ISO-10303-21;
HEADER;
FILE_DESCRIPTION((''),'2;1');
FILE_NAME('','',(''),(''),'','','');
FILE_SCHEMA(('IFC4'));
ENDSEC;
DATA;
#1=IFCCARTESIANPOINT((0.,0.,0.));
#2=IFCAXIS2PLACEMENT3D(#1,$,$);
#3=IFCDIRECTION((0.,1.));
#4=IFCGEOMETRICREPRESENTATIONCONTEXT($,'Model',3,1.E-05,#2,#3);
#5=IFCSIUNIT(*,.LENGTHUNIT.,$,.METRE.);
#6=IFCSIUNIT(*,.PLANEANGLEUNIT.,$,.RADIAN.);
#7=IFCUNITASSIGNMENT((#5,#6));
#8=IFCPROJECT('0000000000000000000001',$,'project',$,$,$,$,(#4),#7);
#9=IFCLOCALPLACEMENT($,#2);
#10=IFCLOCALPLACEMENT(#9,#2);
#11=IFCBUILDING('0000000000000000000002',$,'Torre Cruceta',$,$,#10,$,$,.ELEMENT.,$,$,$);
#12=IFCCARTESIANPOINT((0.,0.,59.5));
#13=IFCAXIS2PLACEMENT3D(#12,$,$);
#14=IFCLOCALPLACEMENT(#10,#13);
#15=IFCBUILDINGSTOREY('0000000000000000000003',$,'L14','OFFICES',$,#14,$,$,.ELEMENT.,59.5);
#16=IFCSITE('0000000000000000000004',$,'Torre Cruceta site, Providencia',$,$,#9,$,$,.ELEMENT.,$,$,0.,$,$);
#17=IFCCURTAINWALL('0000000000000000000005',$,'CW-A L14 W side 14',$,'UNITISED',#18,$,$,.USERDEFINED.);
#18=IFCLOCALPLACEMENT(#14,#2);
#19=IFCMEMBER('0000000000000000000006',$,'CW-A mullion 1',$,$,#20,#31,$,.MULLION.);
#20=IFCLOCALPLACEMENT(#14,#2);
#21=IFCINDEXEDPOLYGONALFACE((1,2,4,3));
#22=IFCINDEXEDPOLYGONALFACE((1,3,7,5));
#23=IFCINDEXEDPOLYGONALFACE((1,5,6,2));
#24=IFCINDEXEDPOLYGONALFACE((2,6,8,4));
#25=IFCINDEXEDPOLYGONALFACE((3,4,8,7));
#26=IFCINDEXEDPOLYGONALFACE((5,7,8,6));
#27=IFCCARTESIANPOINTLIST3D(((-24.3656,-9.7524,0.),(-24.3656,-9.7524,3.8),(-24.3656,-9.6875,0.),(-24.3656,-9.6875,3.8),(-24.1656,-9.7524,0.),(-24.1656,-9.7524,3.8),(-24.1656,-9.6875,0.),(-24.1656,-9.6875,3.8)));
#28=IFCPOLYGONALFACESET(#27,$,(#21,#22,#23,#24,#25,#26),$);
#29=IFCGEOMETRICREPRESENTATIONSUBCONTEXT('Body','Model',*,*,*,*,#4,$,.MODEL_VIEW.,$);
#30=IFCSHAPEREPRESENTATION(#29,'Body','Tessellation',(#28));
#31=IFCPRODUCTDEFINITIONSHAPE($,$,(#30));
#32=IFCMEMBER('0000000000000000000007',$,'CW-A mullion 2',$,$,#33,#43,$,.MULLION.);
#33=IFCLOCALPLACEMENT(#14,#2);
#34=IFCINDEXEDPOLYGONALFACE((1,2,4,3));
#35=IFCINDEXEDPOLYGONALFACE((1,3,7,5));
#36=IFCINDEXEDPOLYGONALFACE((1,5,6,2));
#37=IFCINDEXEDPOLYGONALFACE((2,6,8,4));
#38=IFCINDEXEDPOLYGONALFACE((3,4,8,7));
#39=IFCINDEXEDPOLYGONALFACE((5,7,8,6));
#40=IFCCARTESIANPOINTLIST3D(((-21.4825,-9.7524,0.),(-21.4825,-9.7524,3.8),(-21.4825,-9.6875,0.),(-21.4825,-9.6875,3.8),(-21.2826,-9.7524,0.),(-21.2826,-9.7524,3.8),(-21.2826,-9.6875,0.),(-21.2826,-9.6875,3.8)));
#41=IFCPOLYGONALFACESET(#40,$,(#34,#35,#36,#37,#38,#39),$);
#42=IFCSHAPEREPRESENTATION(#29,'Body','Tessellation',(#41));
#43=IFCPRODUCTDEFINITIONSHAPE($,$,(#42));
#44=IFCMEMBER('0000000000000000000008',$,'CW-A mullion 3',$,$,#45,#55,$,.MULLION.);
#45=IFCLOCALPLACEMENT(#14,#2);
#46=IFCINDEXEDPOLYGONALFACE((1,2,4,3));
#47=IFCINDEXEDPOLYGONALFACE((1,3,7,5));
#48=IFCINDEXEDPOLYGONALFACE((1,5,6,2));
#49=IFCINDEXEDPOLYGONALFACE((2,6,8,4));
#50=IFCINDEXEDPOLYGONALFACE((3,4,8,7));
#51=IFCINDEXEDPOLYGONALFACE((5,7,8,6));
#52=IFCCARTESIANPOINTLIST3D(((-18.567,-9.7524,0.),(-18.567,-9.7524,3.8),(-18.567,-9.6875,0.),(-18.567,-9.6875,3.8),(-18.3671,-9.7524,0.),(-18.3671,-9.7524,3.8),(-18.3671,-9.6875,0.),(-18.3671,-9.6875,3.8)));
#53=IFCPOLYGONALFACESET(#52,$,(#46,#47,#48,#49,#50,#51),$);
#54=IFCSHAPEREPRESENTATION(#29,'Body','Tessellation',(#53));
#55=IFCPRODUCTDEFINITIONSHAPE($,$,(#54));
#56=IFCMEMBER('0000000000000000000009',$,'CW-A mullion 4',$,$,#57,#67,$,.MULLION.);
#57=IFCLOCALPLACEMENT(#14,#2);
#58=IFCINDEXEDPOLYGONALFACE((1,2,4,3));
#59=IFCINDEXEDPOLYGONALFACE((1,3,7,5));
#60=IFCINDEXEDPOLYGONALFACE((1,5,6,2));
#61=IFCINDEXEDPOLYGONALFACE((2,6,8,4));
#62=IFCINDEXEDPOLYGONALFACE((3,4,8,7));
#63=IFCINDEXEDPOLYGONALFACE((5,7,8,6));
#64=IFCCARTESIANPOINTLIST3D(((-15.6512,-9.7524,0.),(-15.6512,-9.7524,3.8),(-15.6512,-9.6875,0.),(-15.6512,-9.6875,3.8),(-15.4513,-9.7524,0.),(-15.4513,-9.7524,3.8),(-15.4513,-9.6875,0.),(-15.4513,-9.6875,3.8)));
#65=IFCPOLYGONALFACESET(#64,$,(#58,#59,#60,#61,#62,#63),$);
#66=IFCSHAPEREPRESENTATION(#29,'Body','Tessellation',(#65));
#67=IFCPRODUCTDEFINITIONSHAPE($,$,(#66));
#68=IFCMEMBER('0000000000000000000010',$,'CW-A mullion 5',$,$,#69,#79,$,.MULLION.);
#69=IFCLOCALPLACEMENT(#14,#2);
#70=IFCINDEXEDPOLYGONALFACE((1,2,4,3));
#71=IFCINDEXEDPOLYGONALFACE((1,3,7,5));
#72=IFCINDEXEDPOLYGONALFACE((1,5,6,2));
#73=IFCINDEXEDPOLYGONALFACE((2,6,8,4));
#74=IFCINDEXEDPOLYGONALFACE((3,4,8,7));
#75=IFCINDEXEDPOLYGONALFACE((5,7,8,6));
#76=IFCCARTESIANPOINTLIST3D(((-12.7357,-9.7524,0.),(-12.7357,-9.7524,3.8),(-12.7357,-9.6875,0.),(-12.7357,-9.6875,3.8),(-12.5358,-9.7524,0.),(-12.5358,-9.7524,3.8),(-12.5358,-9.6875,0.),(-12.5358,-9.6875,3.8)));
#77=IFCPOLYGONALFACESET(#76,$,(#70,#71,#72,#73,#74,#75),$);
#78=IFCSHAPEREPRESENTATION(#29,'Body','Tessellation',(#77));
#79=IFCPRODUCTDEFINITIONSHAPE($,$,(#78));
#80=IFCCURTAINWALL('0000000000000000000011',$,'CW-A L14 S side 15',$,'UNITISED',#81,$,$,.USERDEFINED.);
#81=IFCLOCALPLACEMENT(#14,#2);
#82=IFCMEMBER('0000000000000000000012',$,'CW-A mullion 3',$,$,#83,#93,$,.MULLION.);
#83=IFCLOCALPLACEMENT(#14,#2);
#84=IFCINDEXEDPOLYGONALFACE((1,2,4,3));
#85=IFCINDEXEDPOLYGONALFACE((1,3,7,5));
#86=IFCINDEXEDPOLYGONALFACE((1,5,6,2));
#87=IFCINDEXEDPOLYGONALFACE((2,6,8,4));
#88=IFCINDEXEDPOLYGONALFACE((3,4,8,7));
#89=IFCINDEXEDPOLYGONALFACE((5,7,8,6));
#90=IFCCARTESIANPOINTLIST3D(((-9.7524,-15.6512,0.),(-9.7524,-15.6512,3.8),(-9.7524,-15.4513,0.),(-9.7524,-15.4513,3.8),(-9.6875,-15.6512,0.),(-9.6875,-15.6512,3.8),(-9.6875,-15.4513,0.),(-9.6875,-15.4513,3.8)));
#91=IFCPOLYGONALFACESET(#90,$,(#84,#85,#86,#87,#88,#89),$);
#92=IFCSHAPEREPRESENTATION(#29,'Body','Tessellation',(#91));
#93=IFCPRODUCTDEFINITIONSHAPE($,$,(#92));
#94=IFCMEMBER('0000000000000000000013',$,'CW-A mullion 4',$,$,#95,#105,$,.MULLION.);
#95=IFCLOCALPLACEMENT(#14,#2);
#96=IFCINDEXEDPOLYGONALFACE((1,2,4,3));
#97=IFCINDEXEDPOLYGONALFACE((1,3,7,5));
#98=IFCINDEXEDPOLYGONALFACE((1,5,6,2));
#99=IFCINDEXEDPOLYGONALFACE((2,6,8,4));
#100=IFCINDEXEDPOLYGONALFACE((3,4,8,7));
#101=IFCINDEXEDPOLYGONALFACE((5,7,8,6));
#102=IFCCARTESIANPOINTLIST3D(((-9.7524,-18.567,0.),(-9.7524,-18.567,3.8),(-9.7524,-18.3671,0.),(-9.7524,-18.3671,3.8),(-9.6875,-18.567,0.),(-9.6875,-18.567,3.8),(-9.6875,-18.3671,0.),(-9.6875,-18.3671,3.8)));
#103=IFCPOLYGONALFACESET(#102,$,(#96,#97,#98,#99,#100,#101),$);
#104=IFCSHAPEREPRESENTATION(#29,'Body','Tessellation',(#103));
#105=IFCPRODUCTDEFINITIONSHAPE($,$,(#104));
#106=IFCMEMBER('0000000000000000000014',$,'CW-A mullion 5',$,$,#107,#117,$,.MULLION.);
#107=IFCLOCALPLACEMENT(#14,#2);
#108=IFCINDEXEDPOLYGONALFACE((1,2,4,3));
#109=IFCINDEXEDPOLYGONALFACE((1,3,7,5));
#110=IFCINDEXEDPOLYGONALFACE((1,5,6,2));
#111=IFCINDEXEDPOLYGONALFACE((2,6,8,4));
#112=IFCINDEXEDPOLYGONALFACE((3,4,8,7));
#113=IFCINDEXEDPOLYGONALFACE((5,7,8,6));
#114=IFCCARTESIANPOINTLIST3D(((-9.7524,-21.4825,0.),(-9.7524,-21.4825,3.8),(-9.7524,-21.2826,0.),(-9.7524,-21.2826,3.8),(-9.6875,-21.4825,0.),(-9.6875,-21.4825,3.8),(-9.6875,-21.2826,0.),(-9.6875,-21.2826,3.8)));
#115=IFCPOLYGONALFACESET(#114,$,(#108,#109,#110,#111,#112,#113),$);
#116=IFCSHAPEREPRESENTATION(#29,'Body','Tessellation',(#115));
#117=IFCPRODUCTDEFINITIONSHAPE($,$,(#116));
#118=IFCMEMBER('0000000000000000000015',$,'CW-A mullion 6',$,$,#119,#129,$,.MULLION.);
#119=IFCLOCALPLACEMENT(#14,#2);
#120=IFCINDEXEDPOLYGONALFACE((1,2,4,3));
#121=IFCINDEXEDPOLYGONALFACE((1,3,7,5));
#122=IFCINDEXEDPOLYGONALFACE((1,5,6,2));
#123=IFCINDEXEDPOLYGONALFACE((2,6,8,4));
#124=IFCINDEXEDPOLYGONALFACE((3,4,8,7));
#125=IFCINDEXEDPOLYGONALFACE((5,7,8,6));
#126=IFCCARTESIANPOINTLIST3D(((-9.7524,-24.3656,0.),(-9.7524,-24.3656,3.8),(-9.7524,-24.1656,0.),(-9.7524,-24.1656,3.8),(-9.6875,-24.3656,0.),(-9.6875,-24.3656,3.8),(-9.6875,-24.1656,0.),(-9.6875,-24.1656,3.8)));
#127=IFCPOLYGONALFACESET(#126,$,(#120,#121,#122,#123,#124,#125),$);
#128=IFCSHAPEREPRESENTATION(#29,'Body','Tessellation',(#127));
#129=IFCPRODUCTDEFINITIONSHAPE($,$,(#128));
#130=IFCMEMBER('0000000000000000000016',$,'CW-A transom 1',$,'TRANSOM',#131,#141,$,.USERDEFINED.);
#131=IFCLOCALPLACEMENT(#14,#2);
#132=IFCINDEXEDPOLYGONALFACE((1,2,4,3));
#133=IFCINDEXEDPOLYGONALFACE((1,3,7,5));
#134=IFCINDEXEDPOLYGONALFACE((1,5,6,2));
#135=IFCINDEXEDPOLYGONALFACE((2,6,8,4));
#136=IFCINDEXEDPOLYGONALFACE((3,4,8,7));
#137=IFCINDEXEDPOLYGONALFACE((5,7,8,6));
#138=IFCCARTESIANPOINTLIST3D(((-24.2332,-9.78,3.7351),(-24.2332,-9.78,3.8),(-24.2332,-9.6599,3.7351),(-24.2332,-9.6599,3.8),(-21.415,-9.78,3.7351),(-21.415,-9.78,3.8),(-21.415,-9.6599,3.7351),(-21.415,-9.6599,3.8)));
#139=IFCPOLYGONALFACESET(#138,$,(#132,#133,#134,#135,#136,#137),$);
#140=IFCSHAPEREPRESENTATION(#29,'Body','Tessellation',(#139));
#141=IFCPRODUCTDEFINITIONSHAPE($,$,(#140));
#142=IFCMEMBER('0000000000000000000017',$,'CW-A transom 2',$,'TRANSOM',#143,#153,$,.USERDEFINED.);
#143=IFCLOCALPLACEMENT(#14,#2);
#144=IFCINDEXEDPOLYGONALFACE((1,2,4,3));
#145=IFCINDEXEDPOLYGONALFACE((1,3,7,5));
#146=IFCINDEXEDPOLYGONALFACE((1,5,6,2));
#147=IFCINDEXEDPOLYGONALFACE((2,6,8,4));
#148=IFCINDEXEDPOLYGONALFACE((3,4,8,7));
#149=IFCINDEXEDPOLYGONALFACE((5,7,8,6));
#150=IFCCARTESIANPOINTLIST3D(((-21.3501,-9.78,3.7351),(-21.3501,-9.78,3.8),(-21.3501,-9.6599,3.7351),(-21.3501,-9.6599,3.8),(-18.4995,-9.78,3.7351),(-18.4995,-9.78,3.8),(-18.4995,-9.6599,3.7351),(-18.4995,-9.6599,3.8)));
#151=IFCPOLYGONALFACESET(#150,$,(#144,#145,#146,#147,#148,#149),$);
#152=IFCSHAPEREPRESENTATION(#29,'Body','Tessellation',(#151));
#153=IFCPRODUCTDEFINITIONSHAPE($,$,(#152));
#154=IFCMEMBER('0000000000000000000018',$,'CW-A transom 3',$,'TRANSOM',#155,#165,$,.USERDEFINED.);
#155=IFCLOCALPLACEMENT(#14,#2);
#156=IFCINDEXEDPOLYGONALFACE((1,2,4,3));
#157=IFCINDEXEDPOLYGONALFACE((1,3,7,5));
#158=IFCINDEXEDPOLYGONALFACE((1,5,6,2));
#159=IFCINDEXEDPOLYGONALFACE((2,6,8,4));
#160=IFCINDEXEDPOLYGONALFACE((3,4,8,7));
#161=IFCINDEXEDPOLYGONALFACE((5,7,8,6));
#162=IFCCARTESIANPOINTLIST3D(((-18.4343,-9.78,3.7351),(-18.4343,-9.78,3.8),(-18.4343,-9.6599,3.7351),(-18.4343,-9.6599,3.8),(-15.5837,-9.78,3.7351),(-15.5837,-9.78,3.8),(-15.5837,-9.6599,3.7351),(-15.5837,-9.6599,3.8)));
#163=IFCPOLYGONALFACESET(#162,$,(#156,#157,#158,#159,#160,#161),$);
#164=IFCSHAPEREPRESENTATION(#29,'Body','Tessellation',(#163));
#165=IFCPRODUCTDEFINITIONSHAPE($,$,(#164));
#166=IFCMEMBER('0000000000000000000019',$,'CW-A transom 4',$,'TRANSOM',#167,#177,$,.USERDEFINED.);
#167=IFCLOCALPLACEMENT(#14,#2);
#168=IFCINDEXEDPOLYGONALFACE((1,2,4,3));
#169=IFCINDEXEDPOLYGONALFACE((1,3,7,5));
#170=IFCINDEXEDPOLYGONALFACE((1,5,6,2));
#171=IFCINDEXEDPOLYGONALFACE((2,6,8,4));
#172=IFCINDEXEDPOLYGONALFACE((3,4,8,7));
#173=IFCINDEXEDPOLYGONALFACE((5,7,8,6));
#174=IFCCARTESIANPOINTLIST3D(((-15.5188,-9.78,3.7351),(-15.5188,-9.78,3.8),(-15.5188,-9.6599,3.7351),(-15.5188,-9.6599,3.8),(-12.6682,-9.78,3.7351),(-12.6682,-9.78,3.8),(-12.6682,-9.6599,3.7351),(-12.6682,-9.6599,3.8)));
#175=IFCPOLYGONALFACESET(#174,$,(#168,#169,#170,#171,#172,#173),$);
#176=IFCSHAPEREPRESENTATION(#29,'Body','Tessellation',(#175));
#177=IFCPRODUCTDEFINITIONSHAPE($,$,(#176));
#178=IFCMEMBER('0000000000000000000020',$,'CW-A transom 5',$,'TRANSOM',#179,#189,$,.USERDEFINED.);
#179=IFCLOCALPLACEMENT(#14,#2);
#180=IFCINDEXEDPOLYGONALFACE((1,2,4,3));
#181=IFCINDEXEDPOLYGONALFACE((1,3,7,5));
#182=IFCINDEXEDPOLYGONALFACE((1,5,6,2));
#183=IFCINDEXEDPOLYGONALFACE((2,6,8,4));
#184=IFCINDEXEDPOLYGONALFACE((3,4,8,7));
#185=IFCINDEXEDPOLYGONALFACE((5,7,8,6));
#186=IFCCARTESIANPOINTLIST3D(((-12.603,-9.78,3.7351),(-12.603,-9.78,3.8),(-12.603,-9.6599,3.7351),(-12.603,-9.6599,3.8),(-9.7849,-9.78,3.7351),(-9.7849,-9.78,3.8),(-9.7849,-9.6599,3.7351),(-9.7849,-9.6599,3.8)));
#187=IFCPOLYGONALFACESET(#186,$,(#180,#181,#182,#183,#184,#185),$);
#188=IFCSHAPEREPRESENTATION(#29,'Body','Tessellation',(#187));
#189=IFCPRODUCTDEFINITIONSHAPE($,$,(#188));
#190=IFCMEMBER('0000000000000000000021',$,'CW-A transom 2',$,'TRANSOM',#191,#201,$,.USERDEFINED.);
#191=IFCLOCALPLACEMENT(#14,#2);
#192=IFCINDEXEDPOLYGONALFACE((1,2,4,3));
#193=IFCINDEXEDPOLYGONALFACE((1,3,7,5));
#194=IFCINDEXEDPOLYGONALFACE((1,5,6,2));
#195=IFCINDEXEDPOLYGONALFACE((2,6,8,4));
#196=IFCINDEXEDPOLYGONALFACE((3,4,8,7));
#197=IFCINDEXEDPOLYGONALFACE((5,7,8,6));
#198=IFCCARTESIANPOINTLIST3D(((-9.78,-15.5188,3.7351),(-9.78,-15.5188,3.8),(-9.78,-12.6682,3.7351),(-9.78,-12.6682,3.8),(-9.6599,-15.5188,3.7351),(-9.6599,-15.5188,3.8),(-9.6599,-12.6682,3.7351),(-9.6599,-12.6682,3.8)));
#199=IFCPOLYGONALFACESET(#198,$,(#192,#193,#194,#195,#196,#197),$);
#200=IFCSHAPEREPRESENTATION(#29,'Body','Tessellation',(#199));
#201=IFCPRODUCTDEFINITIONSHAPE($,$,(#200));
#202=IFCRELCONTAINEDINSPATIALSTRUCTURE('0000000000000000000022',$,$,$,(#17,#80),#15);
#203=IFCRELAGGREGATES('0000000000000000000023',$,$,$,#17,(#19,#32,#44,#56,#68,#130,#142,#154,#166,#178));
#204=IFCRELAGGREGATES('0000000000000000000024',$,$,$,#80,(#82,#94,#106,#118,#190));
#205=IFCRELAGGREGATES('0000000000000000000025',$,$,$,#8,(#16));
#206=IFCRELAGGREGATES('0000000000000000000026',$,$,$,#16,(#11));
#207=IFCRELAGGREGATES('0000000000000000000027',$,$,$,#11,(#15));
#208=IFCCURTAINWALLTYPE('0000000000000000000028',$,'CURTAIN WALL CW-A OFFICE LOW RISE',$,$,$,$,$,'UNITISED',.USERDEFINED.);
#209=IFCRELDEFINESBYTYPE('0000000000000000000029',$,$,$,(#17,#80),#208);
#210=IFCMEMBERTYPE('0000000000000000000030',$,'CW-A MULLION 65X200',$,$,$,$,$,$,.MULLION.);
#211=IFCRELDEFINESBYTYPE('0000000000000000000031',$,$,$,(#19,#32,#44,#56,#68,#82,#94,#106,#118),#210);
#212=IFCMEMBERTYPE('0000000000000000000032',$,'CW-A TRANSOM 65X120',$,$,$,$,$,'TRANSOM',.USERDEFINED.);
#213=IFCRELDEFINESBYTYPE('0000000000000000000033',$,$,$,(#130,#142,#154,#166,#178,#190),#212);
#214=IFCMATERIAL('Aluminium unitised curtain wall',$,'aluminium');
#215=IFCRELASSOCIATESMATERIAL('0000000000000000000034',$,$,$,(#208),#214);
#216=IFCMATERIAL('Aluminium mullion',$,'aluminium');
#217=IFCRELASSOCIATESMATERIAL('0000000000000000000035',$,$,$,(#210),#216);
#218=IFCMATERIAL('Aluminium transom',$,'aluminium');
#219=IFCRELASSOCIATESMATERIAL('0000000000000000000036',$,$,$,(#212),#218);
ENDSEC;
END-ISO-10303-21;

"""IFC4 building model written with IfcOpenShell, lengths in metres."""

from ifc_helpers import new_model, si_unit, direction, frame, origin, origin_2d, place, context, subcontext, project, spatial, rectangle, extrude, material, material_profile, profile_set, type_object, element, aggregate, save


model = new_model("IFC4")

# Units and contexts
model_context = context("Model", 3, precision=1e-05, world=origin(), true_north=direction((0.0, 1.0)))
body_context = subcontext(model_context, "Body", "Model", "MODEL_VIEW")
ifc_project = project(units=[si_unit("LENGTHUNIT", "METRE"), si_unit("PLANEANGLEUNIT", "RADIAN")], contexts=[model_context])

# Site, building, storey
site_placement = place(None, origin())
site = spatial("IfcSite", under=ifc_project, at=site_placement, Name="Torre Cruceta site, Providencia", CompositionType="ELEMENT", RefElevation=0.0)
building_placement = place(site_placement, origin())
building = spatial("IfcBuilding", under=site, at=building_placement, Name="Torre Cruceta", CompositionType="ELEMENT")
storey_placement = place(building_placement, frame((0.0, 0.0, 59.5)))
storey = spatial("IfcBuildingStorey", under=building, at=storey_placement, Name="L14", Description="OFFICES", CompositionType="ELEMENT", Elevation=59.5)

# Curtain walls, members
ifc_material_1 = material(Name="Aluminium unitised curtain wall", Category="aluminium")
curtain_wall_type = type_object("IfcCurtainWallType", Name="CURTAIN WALL CW-A OFFICE LOW RISE", ElementType="UNITISED", PredefinedType="USERDEFINED", material=ifc_material_1)
curtain_wall_1_placement = place(storey_placement, origin())
curtain_wall_1 = element("IfcCurtainWall", 1, at=curtain_wall_1_placement, inside=storey, type_object=curtain_wall_type, Name="CW-A L14 W side 14", ObjectType="UNITISED", PredefinedType="USERDEFINED")
ifc_material_2 = material(Name="Aluminium mullion", Category="aluminium")
ifc_material_profile_1 = material_profile(ifc_material_2, rectangle(XDim=0.0649, YDim=0.2, at=origin_2d()), Name="AL 65X200")
ifc_profile_set_1 = profile_set([ifc_material_profile_1], Name="Aluminium mullion")
member_type_1 = type_object("IfcMemberType", Name="CW-A MULLION 65X200", PredefinedType="MULLION", material=ifc_profile_set_1)
member_1_placement = place(storey_placement, frame((-24.2656, -9.72, 0.0), z_axis=(0.0, 0.0, 1.0), x_axis=(0.0, 1.0, 0.0)))
member_1 = element("IfcMember", 2, at=member_1_placement, type_object=member_type_1, Name="CW-A mullion 1", PredefinedType="MULLION", context=body_context, shape_type="SweptSolid", body=[
    extrude(rectangle(XDim=0.0649, YDim=0.2, at=origin_2d()), origin(), (0.0, 0.0, 1.0), 3.8),
])
member_2_placement = place(storey_placement, frame((-21.3826, -9.72, 0.0), z_axis=(0.0, 0.0, 1.0), x_axis=(0.0, 1.0, 0.0)))
member_2 = element("IfcMember", 3, at=member_2_placement, type_object=member_type_1, Name="CW-A mullion 2", PredefinedType="MULLION", context=body_context, shape_type="SweptSolid", body=[
    extrude(rectangle(XDim=0.0649, YDim=0.2, at=origin_2d()), origin(), (0.0, 0.0, 1.0), 3.8),
])
member_3_placement = place(storey_placement, frame((-18.467, -9.72, 0.0), z_axis=(0.0, 0.0, 1.0), x_axis=(0.0, 1.0, 0.0)))
member_3 = element("IfcMember", 4, at=member_3_placement, type_object=member_type_1, Name="CW-A mullion 3", PredefinedType="MULLION", context=body_context, shape_type="SweptSolid", body=[
    extrude(rectangle(XDim=0.0649, YDim=0.2, at=origin_2d()), origin(), (0.0, 0.0, 1.0), 3.8),
])
member_4_placement = place(storey_placement, frame((-15.5513, -9.72, 0.0), z_axis=(0.0, 0.0, 1.0), x_axis=(0.0, 1.0, 0.0)))
member_4 = element("IfcMember", 5, at=member_4_placement, type_object=member_type_1, Name="CW-A mullion 4", PredefinedType="MULLION", context=body_context, shape_type="SweptSolid", body=[
    extrude(rectangle(XDim=0.0649, YDim=0.2, at=origin_2d()), origin(), (0.0, 0.0, 1.0), 3.8),
])
member_5_placement = place(storey_placement, frame((-12.6357, -9.72, 0.0), z_axis=(0.0, 0.0, 1.0), x_axis=(0.0, 1.0, 0.0)))
member_5 = element("IfcMember", 6, at=member_5_placement, type_object=member_type_1, Name="CW-A mullion 5", PredefinedType="MULLION", context=body_context, shape_type="SweptSolid", body=[
    extrude(rectangle(XDim=0.0649, YDim=0.2, at=origin_2d()), origin(), (0.0, 0.0, 1.0), 3.8),
])
curtain_wall_2_placement = place(storey_placement, origin())
curtain_wall_2 = element("IfcCurtainWall", 7, at=curtain_wall_2_placement, inside=storey, type_object=curtain_wall_type, Name="CW-A L14 S side 15", ObjectType="UNITISED", PredefinedType="USERDEFINED")
member_6_placement = place(storey_placement, frame((-9.72, -15.5513, 0.0), z_axis=(0.0, 0.0, 1.0), x_axis=(1.0, 0.0, 0.0)))
member_6 = element("IfcMember", 8, at=member_6_placement, type_object=member_type_1, Name="CW-A mullion 3", PredefinedType="MULLION", context=body_context, shape_type="SweptSolid", body=[
    extrude(rectangle(XDim=0.0649, YDim=0.2, at=origin_2d()), origin(), (0.0, 0.0, 1.0), 3.8),
])
member_7_placement = place(storey_placement, frame((-9.72, -18.467, 0.0), z_axis=(0.0, 0.0, 1.0), x_axis=(1.0, 0.0, 0.0)))
member_7 = element("IfcMember", 9, at=member_7_placement, type_object=member_type_1, Name="CW-A mullion 4", PredefinedType="MULLION", context=body_context, shape_type="SweptSolid", body=[
    extrude(rectangle(XDim=0.0649, YDim=0.2, at=origin_2d()), origin(), (0.0, 0.0, 1.0), 3.8),
])
member_8_placement = place(storey_placement, frame((-9.72, -21.3826, 0.0), z_axis=(0.0, 0.0, 1.0), x_axis=(1.0, 0.0, 0.0)))
member_8 = element("IfcMember", 10, at=member_8_placement, type_object=member_type_1, Name="CW-A mullion 5", PredefinedType="MULLION", context=body_context, shape_type="SweptSolid", body=[
    extrude(rectangle(XDim=0.0649, YDim=0.2, at=origin_2d()), origin(), (0.0, 0.0, 1.0), 3.8),
])
member_9_placement = place(storey_placement, frame((-9.72, -24.2656, 0.0), z_axis=(0.0, 0.0, 1.0), x_axis=(1.0, 0.0, 0.0)))
member_9 = element("IfcMember", 11, at=member_9_placement, type_object=member_type_1, Name="CW-A mullion 6", PredefinedType="MULLION", context=body_context, shape_type="SweptSolid", body=[
    extrude(rectangle(XDim=0.0649, YDim=0.2, at=origin_2d()), origin(), (0.0, 0.0, 1.0), 3.8),
])

# Members
ifc_material_3 = material(Name="Aluminium transom", Category="aluminium")
ifc_material_profile_2 = material_profile(ifc_material_3, rectangle(XDim=0.1201, YDim=0.0649, at=origin_2d()), Name="AL 120X65")
ifc_profile_set_2 = profile_set([ifc_material_profile_2], Name="Aluminium transom")
member_type_2 = type_object("IfcMemberType", Name="CW-A TRANSOM 65X120", ElementType="TRANSOM", PredefinedType="USERDEFINED", material=ifc_profile_set_2)
member_10_placement = place(storey_placement, frame((-24.2332, -9.72, 3.7676), z_axis=(1.0, 0.0, 0.0), x_axis=(0.0, 1.0, 0.0)))
member_10 = element("IfcMember", 12, at=member_10_placement, type_object=member_type_2, Name="CW-A transom 1", ObjectType="TRANSOM", PredefinedType="USERDEFINED", context=body_context, shape_type="SweptSolid", body=[
    extrude(rectangle(XDim=0.1201, YDim=0.0649, at=origin_2d()), origin(), (0.0, 0.0, 1.0), 2.8181),
])
member_11_placement = place(storey_placement, frame((-21.3501, -9.72, 3.7676), z_axis=(1.0, 0.0, 0.0), x_axis=(0.0, 1.0, 0.0)))
member_11 = element("IfcMember", 13, at=member_11_placement, type_object=member_type_2, Name="CW-A transom 2", ObjectType="TRANSOM", PredefinedType="USERDEFINED", context=body_context, shape_type="SweptSolid", body=[
    extrude(rectangle(XDim=0.1201, YDim=0.0649, at=origin_2d()), origin(), (0.0, 0.0, 1.0), 2.8506),
])
member_12_placement = place(storey_placement, frame((-18.4343, -9.72, 3.7676), z_axis=(1.0, 0.0, 0.0), x_axis=(0.0, 1.0, 0.0)))
member_12 = element("IfcMember", 14, at=member_12_placement, type_object=member_type_2, Name="CW-A transom 3", ObjectType="TRANSOM", PredefinedType="USERDEFINED", context=body_context, shape_type="SweptSolid", body=[
    extrude(rectangle(XDim=0.1201, YDim=0.0649, at=origin_2d()), origin(), (0.0, 0.0, 1.0), 2.8506),
])
member_13_placement = place(storey_placement, frame((-15.5188, -9.72, 3.7676), z_axis=(1.0, 0.0, 0.0), x_axis=(0.0, 1.0, 0.0)))
member_13 = element("IfcMember", 15, at=member_13_placement, type_object=member_type_2, Name="CW-A transom 4", ObjectType="TRANSOM", PredefinedType="USERDEFINED", context=body_context, shape_type="SweptSolid", body=[
    extrude(rectangle(XDim=0.1201, YDim=0.0649, at=origin_2d()), origin(), (0.0, 0.0, 1.0), 2.8506),
])
member_14_placement = place(storey_placement, frame((-12.603, -9.72, 3.7676), z_axis=(1.0, 0.0, 0.0), x_axis=(0.0, 1.0, 0.0)))
member_14 = element("IfcMember", 16, at=member_14_placement, type_object=member_type_2, Name="CW-A transom 5", ObjectType="TRANSOM", PredefinedType="USERDEFINED", context=body_context, shape_type="SweptSolid", body=[
    extrude(rectangle(XDim=0.1201, YDim=0.0649, at=origin_2d()), origin(), (0.0, 0.0, 1.0), 2.8181),
])
member_15_placement = place(storey_placement, frame((-9.72, -12.6682, 3.7676), z_axis=(0.0, -1.0, 0.0), x_axis=(1.0, 0.0, 0.0)))
member_15 = element("IfcMember", 17, at=member_15_placement, type_object=member_type_2, Name="CW-A transom 2", ObjectType="TRANSOM", PredefinedType="USERDEFINED", context=body_context, shape_type="SweptSolid", body=[
    extrude(rectangle(XDim=0.1201, YDim=0.0649, at=origin_2d()), origin(), (0.0, 0.0, 1.0), 2.8506),
])

aggregate(curtain_wall_1, [member_1, member_2, member_3, member_4, member_5, member_10, member_11, member_12, member_13, member_14])
aggregate(curtain_wall_2, [member_6, member_7, member_8, member_9, member_15])

save(model, "model.ifc")
